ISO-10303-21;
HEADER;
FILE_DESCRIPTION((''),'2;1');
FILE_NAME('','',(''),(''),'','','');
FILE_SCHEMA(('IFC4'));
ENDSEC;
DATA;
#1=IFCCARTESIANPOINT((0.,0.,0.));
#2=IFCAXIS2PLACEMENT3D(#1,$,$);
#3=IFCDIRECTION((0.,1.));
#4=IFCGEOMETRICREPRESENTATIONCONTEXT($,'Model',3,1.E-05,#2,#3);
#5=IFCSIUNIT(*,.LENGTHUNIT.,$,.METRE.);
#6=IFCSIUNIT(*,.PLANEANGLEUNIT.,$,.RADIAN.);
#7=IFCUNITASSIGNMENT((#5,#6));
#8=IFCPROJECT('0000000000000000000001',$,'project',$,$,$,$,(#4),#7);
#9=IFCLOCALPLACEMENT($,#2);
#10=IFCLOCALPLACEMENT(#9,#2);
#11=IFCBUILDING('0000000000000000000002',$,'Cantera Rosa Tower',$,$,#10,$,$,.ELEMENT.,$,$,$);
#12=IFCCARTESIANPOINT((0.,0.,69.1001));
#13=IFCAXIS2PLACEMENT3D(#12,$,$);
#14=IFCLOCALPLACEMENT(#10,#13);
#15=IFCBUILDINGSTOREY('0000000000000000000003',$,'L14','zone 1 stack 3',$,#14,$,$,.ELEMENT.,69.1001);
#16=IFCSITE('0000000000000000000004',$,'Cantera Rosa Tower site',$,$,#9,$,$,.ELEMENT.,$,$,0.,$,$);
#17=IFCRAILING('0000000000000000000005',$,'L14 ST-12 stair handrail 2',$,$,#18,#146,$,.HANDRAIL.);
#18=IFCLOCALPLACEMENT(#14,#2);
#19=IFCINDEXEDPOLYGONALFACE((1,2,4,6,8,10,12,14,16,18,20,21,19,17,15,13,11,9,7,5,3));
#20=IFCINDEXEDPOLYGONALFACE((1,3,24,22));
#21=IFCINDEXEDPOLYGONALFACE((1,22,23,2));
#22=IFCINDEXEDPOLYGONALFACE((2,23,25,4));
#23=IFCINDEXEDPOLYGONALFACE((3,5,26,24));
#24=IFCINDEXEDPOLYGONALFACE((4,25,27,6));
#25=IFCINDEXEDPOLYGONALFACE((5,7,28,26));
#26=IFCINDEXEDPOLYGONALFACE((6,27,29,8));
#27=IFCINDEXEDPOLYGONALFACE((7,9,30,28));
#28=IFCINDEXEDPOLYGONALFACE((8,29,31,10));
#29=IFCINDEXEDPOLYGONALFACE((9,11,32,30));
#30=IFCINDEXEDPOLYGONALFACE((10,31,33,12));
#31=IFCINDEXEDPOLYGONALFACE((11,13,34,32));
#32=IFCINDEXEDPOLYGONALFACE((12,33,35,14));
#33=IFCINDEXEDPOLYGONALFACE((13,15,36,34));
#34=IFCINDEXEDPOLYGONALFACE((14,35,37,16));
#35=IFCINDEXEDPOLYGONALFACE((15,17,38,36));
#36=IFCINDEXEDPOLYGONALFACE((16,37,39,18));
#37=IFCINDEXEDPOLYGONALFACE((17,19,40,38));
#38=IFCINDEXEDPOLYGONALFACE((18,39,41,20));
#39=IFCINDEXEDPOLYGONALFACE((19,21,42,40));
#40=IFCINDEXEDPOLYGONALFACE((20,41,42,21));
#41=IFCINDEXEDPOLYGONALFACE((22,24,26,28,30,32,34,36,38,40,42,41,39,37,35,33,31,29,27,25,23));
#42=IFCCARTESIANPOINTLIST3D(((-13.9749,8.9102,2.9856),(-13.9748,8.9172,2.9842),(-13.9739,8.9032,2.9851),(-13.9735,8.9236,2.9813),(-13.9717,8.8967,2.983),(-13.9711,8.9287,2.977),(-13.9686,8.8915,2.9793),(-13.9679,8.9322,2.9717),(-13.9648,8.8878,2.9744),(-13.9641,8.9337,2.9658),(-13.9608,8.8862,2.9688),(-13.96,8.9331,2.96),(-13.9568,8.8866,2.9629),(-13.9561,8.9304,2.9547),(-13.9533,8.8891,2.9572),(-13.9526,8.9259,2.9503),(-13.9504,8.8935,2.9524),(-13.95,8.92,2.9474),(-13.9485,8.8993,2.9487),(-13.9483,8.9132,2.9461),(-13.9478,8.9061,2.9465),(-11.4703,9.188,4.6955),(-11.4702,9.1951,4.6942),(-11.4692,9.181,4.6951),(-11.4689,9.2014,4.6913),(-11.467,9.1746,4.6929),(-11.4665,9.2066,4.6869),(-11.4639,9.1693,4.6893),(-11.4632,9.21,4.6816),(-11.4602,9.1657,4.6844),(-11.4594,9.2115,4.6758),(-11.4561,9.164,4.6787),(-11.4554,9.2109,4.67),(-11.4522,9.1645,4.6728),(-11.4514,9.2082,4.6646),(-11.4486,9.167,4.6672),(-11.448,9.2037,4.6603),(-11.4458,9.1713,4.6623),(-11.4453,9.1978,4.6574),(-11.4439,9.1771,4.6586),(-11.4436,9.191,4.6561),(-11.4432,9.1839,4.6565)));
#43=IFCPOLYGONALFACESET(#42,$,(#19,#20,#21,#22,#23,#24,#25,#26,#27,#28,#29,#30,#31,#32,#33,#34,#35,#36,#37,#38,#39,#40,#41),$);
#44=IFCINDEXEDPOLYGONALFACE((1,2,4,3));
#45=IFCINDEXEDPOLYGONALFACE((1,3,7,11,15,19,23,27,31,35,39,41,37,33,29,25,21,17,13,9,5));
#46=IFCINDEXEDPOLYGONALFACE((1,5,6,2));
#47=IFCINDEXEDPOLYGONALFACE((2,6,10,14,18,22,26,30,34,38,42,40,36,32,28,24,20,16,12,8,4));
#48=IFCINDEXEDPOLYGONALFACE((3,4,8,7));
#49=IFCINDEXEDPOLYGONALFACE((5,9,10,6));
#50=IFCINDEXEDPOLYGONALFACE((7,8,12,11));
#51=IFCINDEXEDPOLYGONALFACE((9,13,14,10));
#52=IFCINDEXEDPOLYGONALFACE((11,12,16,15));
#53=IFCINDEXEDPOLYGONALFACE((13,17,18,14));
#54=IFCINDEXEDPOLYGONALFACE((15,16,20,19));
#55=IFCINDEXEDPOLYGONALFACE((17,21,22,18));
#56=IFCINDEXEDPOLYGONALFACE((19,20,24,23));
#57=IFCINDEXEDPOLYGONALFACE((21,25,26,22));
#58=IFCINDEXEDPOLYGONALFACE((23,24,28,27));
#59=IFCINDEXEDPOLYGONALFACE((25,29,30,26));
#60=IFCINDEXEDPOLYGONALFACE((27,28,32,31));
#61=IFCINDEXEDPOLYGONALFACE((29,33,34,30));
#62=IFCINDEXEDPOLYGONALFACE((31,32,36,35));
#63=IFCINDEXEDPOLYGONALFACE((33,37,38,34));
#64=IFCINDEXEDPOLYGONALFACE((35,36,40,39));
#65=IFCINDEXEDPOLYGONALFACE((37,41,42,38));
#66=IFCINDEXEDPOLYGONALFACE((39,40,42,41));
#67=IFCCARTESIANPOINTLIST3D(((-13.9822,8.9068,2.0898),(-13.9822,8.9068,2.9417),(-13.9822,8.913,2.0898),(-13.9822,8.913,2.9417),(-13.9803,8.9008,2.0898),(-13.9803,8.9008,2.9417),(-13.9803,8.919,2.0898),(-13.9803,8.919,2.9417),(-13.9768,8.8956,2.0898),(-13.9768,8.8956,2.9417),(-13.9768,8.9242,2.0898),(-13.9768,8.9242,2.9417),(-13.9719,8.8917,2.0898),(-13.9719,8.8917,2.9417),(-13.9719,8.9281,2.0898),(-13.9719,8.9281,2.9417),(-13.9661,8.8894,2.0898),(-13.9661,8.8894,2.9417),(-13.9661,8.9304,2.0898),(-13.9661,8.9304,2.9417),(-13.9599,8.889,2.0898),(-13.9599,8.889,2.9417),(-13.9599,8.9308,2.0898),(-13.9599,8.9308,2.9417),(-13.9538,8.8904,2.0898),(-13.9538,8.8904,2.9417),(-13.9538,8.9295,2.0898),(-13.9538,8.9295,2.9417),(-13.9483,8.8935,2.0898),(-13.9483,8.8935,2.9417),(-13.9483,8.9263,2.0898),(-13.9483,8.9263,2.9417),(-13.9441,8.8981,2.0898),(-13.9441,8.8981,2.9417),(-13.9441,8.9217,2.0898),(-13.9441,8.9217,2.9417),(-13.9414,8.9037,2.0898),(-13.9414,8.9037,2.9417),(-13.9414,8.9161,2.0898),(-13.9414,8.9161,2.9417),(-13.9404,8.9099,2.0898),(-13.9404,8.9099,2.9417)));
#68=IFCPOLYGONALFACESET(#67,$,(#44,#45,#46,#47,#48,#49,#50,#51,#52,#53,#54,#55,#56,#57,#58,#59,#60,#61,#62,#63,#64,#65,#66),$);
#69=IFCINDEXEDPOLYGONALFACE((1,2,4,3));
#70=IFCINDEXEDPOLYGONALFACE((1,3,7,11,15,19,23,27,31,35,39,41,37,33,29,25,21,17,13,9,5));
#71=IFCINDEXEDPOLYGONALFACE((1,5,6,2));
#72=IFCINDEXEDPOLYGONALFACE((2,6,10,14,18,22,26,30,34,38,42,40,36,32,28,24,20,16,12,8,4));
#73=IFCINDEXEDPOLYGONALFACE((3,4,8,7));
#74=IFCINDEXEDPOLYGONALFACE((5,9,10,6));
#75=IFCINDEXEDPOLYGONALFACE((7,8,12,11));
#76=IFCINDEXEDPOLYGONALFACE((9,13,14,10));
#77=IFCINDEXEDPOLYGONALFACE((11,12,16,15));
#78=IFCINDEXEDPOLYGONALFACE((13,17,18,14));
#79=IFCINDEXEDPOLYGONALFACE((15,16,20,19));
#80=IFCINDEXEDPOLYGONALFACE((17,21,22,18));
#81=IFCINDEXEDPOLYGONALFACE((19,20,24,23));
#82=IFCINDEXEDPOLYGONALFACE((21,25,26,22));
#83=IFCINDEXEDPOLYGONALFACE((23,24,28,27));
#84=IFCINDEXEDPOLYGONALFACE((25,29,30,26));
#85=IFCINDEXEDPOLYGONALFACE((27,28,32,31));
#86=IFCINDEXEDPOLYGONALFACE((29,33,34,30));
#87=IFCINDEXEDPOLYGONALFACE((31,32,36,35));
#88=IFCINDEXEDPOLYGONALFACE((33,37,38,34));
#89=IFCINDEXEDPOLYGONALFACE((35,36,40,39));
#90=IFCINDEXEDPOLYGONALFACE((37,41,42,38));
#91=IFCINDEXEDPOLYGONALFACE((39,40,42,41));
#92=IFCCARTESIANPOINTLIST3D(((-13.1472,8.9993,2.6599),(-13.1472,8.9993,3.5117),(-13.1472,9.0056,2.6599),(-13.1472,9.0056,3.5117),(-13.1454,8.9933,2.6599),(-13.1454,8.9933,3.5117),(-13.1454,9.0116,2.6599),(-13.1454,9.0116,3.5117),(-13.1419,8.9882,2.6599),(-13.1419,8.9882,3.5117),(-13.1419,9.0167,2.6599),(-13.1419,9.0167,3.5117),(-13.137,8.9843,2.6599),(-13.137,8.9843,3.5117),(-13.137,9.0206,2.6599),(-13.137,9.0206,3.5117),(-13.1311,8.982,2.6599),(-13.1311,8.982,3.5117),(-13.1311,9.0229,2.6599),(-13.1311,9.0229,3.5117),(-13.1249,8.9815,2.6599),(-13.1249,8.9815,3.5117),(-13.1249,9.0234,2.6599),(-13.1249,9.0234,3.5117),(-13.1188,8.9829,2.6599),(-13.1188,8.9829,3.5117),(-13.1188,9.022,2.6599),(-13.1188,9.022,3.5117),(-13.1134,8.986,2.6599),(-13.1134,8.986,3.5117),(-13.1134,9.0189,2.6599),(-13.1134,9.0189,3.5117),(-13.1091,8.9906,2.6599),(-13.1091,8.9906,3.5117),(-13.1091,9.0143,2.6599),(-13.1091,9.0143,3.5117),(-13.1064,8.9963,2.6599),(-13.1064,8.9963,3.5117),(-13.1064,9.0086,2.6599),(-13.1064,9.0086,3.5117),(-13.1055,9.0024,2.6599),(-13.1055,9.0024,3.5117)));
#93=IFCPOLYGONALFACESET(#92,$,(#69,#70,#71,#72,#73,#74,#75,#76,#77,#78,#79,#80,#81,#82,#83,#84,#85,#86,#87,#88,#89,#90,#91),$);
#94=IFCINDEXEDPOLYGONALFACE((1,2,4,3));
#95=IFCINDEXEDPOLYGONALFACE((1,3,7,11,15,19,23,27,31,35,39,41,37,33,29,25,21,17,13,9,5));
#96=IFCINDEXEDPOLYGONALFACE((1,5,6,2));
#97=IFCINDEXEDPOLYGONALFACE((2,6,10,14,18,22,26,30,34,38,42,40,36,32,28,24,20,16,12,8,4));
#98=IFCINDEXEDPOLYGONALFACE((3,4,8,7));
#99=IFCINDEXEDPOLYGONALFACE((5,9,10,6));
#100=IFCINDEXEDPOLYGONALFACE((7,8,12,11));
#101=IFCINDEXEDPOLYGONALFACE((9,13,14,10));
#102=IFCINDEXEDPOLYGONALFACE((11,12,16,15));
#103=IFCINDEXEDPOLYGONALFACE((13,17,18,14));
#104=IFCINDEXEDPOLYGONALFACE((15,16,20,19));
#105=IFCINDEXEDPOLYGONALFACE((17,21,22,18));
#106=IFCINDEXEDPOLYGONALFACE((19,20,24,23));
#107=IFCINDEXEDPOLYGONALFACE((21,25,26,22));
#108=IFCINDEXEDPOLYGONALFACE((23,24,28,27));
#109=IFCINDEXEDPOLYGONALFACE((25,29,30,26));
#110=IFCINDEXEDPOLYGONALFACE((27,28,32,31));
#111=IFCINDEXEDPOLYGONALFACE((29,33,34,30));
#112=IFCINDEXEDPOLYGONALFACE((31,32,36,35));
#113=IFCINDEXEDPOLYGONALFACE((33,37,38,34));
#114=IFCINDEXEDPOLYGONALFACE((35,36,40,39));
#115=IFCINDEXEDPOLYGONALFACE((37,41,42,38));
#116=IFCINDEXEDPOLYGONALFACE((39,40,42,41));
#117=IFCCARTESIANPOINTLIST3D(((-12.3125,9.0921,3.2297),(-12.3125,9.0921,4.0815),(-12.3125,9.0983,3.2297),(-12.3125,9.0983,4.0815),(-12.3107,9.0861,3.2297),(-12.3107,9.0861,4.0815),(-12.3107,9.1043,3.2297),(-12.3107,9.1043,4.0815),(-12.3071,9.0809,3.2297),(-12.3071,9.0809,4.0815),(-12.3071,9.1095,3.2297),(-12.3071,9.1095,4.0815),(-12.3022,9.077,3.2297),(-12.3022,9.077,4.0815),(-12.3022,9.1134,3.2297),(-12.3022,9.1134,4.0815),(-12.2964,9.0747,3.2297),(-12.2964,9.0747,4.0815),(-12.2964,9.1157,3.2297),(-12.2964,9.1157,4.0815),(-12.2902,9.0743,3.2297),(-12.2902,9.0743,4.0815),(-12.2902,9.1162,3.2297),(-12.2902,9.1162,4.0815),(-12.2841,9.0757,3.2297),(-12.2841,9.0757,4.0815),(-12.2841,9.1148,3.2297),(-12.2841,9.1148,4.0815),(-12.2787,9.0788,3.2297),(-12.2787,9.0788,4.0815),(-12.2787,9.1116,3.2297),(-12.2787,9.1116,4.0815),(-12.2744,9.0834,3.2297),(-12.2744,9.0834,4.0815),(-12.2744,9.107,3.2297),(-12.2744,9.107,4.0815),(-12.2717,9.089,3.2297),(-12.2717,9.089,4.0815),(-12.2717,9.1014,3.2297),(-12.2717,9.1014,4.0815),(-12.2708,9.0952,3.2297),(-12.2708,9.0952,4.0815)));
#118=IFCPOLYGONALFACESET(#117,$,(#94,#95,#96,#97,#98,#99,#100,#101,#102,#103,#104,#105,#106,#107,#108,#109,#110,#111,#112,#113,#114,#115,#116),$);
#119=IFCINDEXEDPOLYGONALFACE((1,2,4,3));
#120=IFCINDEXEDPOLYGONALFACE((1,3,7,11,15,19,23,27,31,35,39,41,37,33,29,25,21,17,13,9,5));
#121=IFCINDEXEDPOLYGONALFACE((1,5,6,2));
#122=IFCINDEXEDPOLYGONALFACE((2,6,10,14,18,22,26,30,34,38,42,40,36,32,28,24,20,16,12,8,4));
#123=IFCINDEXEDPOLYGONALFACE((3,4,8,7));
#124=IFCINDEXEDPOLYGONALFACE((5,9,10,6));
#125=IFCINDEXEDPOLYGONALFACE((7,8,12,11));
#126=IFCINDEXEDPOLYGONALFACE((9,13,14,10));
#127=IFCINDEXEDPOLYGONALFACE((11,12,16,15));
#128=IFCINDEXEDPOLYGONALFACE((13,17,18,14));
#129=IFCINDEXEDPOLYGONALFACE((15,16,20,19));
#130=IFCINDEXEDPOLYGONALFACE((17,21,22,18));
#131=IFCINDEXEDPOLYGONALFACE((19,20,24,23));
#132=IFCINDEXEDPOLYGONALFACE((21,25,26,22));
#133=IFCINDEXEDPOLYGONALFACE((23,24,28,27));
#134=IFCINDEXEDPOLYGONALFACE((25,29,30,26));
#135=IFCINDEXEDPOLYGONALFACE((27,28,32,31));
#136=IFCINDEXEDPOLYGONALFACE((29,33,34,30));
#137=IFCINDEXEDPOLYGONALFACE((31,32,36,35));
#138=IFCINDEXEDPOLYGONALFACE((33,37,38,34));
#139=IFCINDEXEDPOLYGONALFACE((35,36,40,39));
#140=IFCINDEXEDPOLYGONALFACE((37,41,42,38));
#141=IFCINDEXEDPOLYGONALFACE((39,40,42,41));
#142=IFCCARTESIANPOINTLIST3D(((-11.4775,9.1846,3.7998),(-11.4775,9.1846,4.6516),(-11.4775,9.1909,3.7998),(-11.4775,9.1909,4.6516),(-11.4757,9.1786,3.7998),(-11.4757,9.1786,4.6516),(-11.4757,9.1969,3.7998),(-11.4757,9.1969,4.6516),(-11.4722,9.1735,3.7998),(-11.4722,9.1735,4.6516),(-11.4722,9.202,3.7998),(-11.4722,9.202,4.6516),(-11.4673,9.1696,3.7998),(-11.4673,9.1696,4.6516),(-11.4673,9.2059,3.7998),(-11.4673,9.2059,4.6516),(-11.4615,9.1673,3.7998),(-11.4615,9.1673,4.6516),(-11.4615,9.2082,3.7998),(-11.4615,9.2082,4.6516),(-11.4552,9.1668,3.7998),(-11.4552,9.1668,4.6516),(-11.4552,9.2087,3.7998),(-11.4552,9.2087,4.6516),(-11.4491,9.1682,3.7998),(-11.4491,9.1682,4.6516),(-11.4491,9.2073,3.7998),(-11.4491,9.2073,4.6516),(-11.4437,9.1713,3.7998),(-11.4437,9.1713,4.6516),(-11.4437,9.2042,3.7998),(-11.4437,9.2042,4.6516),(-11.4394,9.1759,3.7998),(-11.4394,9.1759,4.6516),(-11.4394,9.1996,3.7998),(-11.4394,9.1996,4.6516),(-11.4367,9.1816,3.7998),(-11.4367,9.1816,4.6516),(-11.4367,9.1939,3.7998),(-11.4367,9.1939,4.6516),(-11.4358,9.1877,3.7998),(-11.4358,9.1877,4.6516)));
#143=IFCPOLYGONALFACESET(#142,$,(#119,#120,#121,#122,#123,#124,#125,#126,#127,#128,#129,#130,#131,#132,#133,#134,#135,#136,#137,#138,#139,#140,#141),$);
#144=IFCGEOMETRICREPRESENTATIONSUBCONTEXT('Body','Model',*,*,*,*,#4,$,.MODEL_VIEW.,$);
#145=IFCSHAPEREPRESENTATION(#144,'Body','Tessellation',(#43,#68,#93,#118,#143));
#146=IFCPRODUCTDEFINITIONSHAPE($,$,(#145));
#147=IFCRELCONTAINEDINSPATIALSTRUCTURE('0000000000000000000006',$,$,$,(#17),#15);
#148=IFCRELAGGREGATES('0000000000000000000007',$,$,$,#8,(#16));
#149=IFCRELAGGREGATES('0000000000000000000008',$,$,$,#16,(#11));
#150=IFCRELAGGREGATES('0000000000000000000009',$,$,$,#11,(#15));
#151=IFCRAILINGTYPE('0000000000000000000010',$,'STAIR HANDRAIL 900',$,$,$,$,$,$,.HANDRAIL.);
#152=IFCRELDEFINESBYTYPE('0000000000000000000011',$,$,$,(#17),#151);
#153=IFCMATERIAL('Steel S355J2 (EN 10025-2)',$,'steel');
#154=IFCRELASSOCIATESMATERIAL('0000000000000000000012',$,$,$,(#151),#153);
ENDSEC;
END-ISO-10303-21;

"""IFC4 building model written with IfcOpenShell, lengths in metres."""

from ifc_helpers import new_model, si_unit, direction, frame, origin, origin_2d, place, context, subcontext, project, spatial, circle, extrude, material, type_object, element, save


model = new_model("IFC4")

# Units and contexts
model_context = context("Model", 3, precision=1e-05, world=origin(), true_north=direction((0.0, 1.0)))
body_context = subcontext(model_context, "Body", "Model", "MODEL_VIEW")
ifc_project = project(units=[si_unit("LENGTHUNIT", "METRE"), si_unit("PLANEANGLEUNIT", "RADIAN")], contexts=[model_context])

# Site, building, storey
site_placement = place(None, origin())
site = spatial("IfcSite", under=ifc_project, at=site_placement, Name="Cantera Rosa Tower site", CompositionType="ELEMENT", RefElevation=0.0)
building_placement = place(site_placement, origin())
building = spatial("IfcBuilding", under=site, at=building_placement, Name="Cantera Rosa Tower", CompositionType="ELEMENT")
storey_placement = place(building_placement, frame((0.0, 0.0, 69.1001)))
storey = spatial("IfcBuildingStorey", under=building, at=storey_placement, Name="L14", Description="zone 1 stack 3", CompositionType="ELEMENT", Elevation=69.1001)

# Railing
ifc_material_1 = material(Name="Steel S355J2 (EN 10025-2)", Category="steel")
railing_type_1 = type_object("IfcRailingType", Name="STAIR HANDRAIL 900", PredefinedType="HANDRAIL", material=ifc_material_1)
railing_1_placement = place(storey_placement, frame((-13.9614, 8.9099, 2.0898)))
element("IfcRailing", 1, at=railing_1_placement, inside=storey, type_object=railing_type_1, Name="L14 ST-12 stair handrail 2", PredefinedType="HANDRAIL", context=body_context, shape_type="SweptSolid", body=[
    extrude(circle(Radius=0.0239, at=origin_2d()), frame((0.0, 0.0, 0.876), z_axis=(0.822437, 0.091231, 0.561492), x_axis=(-0.110251, 0.993904, 0.0)), (0.0, 0.0, 1.0), 3.0454),
    extrude(circle(Radius=0.021, at=origin_2d()), origin(), (0.0, 0.0, 1.0), 0.8518),
    extrude(circle(Radius=0.021, at=origin_2d()), frame((0.835, 0.0925, 0.5701)), (0.0, 0.0, 1.0), 0.8518),
    extrude(circle(Radius=0.021, at=origin_2d()), frame((1.6697, 0.1853, 1.1399)), (0.0, 0.0, 1.0), 0.8518),
    extrude(circle(Radius=0.021, at=origin_2d()), frame((2.5046, 0.2778, 1.71)), (0.0, 0.0, 1.0), 0.8518),
])

save(model, "model.ifc")
